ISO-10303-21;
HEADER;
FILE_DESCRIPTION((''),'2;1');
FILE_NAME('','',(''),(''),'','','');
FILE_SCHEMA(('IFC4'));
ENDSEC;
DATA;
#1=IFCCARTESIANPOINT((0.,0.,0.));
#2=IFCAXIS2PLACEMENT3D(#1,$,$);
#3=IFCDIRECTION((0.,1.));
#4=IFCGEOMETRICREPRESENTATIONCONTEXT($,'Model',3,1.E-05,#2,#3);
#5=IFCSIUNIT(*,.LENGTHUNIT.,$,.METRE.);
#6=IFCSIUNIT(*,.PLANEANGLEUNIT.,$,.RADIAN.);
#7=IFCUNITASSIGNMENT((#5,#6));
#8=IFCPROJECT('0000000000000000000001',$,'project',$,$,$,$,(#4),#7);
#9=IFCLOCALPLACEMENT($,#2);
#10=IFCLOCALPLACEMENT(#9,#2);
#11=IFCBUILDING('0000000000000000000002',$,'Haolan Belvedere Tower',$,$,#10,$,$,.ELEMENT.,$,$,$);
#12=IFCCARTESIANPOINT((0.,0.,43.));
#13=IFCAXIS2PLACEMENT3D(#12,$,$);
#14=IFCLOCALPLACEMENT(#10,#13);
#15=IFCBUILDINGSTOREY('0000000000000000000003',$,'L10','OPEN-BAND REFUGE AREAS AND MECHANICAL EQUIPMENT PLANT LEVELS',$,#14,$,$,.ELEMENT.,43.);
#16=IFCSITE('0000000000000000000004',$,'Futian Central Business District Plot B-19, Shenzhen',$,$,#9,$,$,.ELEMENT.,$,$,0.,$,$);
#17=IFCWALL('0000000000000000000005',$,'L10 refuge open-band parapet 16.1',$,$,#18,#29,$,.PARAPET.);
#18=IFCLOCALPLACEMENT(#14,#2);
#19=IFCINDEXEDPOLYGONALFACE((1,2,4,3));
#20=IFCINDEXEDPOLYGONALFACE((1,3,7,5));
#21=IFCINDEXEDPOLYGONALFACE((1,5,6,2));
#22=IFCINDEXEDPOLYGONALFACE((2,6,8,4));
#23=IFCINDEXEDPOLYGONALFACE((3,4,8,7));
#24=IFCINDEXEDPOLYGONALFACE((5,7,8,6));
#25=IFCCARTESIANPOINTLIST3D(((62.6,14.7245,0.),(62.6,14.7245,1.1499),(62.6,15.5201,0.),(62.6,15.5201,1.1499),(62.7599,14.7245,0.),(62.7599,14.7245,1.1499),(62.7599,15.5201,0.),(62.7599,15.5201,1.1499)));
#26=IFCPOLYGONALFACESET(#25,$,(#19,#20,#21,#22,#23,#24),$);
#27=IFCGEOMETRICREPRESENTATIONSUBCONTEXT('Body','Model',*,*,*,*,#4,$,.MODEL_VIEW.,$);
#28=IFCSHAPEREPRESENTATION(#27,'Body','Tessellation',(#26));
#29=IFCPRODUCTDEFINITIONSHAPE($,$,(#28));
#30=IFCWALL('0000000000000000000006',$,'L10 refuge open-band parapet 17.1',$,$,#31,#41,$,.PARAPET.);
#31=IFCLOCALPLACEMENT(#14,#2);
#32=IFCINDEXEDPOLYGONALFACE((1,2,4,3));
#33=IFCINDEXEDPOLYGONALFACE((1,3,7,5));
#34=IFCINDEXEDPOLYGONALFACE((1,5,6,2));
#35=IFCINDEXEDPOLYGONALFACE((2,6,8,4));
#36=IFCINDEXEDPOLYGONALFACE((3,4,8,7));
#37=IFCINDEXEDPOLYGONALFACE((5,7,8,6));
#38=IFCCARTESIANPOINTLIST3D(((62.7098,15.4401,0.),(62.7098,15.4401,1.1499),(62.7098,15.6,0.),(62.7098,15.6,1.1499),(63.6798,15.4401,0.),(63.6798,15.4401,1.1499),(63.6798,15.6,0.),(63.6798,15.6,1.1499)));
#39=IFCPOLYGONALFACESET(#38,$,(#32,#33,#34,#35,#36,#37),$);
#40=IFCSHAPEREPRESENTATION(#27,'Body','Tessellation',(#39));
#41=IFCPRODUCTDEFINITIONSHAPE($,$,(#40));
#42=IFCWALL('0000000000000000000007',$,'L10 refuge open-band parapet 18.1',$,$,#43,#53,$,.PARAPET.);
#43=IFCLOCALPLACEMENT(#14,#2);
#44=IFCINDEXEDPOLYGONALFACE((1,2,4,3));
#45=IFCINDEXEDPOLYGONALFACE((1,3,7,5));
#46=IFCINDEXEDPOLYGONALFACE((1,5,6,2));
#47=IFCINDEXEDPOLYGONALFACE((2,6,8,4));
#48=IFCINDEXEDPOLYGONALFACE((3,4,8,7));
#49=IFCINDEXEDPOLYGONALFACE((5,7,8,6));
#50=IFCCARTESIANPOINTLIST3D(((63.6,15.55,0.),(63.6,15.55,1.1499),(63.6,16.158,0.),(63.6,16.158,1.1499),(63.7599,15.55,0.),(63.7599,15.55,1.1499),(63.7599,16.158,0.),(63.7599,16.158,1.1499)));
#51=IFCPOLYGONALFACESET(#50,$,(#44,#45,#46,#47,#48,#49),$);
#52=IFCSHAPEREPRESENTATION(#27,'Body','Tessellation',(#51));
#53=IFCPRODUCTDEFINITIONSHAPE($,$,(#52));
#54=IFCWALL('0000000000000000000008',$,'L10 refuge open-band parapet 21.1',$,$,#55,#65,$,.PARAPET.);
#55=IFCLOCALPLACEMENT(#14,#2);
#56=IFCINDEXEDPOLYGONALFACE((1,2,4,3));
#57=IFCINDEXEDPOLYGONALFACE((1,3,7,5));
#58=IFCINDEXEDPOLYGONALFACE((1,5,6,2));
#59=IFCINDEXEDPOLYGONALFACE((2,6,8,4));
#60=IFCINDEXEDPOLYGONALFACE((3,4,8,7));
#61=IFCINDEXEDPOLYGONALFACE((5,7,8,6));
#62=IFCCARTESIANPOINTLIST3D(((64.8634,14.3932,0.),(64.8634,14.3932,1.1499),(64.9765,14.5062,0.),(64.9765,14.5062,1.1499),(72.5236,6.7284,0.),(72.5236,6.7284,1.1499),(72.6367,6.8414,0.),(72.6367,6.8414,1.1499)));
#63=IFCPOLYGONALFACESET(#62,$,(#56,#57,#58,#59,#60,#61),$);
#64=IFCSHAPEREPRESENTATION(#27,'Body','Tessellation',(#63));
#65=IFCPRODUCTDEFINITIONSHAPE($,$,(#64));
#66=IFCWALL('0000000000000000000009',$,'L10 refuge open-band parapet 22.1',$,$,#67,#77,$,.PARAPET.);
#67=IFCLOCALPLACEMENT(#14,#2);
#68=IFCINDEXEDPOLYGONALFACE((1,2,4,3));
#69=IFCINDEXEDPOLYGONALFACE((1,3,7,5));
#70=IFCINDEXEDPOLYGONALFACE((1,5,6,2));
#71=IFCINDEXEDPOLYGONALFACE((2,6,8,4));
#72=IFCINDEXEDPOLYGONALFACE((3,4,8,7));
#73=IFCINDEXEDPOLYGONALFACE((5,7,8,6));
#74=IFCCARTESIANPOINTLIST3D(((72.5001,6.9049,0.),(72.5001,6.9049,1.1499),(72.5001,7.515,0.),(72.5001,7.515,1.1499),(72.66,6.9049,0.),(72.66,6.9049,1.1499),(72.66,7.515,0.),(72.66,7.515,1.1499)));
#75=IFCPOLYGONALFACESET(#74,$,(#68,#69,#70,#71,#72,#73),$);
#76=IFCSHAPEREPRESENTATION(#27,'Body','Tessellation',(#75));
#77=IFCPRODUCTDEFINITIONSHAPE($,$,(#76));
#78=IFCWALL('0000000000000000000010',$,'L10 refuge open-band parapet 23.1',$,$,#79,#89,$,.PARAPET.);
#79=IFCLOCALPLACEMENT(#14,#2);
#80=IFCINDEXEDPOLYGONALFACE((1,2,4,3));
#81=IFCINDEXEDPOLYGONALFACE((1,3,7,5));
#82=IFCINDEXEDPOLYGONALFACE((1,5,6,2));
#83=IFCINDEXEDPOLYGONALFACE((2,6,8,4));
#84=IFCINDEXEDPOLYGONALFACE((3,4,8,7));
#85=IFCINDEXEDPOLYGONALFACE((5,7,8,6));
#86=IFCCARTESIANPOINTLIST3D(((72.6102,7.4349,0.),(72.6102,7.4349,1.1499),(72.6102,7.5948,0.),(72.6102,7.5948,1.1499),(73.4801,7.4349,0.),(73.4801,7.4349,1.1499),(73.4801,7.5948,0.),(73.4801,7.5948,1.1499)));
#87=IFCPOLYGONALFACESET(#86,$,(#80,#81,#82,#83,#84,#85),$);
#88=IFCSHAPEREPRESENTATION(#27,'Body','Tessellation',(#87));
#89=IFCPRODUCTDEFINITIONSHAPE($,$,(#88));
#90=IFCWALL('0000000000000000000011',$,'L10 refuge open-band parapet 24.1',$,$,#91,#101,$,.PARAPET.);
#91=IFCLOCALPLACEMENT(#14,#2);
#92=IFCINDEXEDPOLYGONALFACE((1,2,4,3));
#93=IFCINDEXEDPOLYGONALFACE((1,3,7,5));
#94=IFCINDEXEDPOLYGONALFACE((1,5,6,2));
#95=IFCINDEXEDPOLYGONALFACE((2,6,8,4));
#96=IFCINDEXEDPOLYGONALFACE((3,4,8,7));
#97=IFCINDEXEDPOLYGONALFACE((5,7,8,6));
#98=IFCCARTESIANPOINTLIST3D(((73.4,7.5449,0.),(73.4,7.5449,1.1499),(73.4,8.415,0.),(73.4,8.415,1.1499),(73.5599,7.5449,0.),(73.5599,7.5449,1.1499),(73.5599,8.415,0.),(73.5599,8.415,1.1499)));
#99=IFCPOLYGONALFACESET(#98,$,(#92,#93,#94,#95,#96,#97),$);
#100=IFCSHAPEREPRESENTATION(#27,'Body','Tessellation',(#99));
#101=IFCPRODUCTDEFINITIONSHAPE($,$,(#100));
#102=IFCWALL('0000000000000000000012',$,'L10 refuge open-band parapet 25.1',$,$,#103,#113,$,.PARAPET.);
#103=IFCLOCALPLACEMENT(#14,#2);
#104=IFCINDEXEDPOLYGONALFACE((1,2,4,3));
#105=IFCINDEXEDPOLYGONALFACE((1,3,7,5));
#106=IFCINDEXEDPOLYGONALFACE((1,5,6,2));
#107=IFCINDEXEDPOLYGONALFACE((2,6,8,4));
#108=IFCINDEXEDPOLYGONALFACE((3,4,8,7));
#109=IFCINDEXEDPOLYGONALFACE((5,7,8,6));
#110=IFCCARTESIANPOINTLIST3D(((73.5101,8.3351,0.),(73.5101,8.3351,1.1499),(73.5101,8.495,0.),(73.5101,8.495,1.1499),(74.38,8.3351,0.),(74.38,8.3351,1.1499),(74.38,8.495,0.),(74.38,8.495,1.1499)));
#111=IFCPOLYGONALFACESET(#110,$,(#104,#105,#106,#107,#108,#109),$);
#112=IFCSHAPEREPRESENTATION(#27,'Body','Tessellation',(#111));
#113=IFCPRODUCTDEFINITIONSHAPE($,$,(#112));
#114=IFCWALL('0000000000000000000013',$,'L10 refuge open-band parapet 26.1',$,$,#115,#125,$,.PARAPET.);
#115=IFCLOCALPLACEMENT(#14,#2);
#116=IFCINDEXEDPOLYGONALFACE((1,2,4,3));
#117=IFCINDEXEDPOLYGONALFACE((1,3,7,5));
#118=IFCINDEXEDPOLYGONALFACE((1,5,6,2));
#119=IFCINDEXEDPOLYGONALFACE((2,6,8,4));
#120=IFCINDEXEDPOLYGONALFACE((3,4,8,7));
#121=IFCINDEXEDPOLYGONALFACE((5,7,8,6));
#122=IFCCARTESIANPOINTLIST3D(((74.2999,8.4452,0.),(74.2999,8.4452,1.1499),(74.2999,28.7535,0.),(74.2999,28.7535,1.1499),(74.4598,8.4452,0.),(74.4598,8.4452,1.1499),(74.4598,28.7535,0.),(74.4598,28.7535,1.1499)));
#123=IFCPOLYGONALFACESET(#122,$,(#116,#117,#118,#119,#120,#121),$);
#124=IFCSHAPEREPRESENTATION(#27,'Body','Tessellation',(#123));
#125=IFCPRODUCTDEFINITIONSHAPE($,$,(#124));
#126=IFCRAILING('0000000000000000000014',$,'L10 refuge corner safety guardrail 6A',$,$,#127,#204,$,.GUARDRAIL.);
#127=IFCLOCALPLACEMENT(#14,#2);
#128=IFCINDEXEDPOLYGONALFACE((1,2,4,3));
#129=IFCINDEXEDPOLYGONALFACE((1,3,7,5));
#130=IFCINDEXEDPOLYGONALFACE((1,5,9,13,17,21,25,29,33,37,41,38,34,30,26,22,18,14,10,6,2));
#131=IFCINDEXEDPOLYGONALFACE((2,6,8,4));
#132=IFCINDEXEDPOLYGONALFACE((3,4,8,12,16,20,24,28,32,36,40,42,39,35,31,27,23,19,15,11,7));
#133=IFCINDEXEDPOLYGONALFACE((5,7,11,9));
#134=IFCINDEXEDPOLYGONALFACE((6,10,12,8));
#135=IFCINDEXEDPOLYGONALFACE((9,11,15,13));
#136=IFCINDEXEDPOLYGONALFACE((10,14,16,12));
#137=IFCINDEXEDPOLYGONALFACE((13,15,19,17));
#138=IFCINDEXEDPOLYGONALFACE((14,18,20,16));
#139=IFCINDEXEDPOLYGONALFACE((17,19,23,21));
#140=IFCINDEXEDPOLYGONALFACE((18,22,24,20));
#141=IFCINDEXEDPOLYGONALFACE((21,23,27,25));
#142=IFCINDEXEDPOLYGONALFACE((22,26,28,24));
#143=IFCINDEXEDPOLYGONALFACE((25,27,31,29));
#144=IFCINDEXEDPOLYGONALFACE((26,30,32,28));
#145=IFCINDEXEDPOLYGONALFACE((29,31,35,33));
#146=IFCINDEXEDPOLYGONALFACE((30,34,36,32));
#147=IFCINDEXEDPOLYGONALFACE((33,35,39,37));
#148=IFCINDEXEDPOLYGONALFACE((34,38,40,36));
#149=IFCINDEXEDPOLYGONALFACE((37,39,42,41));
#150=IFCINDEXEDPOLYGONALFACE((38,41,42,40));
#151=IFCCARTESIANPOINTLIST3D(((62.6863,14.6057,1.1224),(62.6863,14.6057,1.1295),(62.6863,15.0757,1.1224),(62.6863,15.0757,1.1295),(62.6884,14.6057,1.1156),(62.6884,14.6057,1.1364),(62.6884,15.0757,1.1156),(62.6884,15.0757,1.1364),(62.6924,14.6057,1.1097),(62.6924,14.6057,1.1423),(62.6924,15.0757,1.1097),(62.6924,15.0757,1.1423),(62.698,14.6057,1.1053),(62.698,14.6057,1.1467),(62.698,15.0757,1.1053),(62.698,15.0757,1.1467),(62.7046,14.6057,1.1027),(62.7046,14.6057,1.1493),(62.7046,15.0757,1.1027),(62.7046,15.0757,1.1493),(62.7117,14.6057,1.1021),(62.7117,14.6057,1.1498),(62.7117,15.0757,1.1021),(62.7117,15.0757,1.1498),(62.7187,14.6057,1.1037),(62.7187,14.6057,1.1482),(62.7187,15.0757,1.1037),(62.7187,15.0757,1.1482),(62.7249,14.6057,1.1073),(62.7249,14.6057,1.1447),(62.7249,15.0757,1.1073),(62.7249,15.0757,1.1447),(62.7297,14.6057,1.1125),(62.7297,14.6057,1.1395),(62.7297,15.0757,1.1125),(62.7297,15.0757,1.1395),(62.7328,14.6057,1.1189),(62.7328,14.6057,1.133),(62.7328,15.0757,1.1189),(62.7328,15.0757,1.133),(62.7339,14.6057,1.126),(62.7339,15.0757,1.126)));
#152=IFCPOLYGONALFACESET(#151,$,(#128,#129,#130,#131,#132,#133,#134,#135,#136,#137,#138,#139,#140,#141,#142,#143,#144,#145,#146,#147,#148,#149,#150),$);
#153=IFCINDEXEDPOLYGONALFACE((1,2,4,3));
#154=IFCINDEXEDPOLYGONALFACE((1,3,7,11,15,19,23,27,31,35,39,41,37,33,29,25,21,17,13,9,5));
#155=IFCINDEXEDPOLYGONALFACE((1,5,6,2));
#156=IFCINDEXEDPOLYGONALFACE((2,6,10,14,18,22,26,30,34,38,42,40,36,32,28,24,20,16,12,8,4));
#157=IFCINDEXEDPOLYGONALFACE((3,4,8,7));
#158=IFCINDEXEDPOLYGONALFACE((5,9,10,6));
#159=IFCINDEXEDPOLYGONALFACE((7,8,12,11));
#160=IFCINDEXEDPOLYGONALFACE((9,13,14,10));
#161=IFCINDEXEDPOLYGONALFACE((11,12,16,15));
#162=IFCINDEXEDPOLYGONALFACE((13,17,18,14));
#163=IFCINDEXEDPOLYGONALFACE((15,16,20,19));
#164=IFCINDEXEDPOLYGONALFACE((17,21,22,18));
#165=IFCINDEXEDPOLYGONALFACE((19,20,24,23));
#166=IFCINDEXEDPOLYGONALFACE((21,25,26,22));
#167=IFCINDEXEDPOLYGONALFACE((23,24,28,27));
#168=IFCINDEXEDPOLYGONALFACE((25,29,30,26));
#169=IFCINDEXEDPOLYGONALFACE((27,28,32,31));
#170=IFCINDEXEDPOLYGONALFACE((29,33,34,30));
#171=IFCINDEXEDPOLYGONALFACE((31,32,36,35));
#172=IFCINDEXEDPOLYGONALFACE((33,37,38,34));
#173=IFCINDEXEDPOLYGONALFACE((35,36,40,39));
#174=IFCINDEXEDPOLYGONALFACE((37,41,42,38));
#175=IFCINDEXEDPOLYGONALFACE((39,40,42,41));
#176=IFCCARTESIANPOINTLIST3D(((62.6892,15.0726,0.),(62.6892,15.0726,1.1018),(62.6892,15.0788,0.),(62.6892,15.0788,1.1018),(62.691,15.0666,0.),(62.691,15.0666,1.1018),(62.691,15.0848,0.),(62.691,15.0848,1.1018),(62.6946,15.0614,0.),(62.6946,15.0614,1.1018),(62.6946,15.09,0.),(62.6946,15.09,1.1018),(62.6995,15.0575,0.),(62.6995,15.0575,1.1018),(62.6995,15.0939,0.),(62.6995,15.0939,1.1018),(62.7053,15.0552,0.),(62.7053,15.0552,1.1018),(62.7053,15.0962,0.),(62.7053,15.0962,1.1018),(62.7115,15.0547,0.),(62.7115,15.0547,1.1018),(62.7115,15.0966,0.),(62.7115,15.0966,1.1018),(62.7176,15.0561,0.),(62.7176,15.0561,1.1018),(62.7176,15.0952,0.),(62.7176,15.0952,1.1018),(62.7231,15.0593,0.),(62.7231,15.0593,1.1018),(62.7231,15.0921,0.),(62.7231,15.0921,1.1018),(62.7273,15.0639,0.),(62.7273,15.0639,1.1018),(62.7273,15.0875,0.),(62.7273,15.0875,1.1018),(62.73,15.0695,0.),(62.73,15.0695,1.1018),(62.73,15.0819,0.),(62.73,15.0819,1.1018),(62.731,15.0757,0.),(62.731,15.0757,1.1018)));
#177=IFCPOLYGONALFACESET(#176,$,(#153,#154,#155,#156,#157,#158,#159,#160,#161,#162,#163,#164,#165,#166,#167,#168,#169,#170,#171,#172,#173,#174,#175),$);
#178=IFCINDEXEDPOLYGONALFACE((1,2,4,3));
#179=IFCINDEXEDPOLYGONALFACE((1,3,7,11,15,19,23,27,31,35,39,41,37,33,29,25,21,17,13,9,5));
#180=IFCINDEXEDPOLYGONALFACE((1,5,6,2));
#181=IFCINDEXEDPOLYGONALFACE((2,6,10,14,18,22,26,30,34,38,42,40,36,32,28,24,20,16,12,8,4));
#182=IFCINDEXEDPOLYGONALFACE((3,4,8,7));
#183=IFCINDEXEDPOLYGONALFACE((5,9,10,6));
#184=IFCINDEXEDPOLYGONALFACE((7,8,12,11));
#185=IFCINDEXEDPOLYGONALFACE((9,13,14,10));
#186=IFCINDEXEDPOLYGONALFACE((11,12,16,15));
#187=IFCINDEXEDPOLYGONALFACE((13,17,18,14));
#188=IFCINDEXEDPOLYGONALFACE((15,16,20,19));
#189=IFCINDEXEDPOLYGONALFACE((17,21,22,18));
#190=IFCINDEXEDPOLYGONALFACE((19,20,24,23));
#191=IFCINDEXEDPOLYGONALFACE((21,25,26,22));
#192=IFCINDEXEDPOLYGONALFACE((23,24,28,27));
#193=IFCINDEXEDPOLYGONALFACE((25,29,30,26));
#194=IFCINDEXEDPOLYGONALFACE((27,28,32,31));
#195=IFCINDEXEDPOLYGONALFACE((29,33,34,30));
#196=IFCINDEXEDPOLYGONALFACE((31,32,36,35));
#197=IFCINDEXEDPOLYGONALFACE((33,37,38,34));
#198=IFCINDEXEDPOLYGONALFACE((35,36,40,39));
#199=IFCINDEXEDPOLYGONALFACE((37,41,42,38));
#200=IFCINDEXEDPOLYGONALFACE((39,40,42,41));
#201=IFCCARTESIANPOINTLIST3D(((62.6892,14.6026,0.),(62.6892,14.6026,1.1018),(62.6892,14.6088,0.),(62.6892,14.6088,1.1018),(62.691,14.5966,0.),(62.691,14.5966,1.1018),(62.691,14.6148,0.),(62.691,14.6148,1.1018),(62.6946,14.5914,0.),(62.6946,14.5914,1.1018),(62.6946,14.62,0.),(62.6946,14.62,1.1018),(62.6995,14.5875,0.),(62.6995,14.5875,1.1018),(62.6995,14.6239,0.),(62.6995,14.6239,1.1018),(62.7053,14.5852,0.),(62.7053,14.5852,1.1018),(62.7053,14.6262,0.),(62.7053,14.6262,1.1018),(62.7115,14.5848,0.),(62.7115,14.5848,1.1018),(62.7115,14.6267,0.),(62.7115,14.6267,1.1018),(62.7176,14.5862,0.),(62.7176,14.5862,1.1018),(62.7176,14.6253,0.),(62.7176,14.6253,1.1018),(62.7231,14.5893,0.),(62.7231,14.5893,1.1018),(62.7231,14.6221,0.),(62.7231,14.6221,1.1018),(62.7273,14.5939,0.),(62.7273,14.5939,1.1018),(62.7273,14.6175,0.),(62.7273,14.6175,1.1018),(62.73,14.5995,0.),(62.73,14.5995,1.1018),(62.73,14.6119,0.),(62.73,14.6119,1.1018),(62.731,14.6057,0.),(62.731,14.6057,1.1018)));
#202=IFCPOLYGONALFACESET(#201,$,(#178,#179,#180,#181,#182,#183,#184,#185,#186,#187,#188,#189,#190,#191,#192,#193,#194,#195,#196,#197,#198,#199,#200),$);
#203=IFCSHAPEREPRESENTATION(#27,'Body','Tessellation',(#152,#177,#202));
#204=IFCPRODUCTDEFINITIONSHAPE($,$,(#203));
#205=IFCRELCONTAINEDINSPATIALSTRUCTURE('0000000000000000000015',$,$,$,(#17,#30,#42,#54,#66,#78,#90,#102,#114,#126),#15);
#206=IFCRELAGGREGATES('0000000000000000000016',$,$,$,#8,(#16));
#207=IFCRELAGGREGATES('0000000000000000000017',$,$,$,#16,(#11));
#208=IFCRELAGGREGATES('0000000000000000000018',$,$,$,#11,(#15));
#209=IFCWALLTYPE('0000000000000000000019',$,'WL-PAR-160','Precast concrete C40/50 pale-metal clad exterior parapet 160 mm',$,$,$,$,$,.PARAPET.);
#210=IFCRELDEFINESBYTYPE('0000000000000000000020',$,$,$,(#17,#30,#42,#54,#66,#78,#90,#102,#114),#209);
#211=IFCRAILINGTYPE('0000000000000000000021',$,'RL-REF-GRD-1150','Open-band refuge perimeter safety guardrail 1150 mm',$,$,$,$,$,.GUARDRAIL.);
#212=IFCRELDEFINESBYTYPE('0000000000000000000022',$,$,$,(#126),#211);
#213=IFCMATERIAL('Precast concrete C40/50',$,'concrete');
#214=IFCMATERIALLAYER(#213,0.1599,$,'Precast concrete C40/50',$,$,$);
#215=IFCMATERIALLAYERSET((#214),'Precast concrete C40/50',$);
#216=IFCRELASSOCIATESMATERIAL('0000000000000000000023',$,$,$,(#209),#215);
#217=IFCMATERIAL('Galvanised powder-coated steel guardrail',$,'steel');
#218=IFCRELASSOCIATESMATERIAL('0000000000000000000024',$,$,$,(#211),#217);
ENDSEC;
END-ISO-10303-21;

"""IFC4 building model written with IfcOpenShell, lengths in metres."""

from ifc_helpers import new_model, si_unit, direction, frame, frame_2d, origin, origin_2d, place, context, subcontext, project, spatial, rectangle, circle, extrude, material, layer, layer_set, type_object, element, save


model = new_model("IFC4")

# Units and contexts
model_context = context("Model", 3, precision=1e-05, world=origin(), true_north=direction((0.0, 1.0)))
body_context = subcontext(model_context, "Body", "Model", "MODEL_VIEW")
ifc_project = project(units=[si_unit("LENGTHUNIT", "METRE"), si_unit("PLANEANGLEUNIT", "RADIAN")], contexts=[model_context])

# Site, building, storey
site_placement = place(None, origin())
site = spatial("IfcSite", under=ifc_project, at=site_placement, Name="Futian Central Business District Plot B-19, Shenzhen", CompositionType="ELEMENT", RefElevation=0.0)
building_placement = place(site_placement, origin())
building = spatial("IfcBuilding", under=site, at=building_placement, Name="Haolan Belvedere Tower", CompositionType="ELEMENT")
storey_placement = place(building_placement, frame((0.0, 0.0, 43.0)))
storey = spatial("IfcBuildingStorey", under=building, at=storey_placement, Name="L10", Description="OPEN-BAND REFUGE AREAS AND MECHANICAL EQUIPMENT PLANT LEVELS", CompositionType="ELEMENT", Elevation=43.0)

# Walls
ifc_material_1 = material(Name="Precast concrete C40/50", Category="concrete")
ifc_layer = layer(ifc_material_1, 0.1599, Name="Precast concrete C40/50")
ifc_layer_set = layer_set([ifc_layer], Name="Precast concrete C40/50")
wall_type = type_object("IfcWallType", Name="WL-PAR-160", Description="Precast concrete C40/50 pale-metal clad exterior parapet 160 mm", PredefinedType="PARAPET", material=ifc_layer_set)
wall_1_placement = place(storey_placement, frame((62.6799, 14.7244, 0.0), z_axis=(0.0, 0.0, 1.0), x_axis=(0.0, 1.0, 0.0)))
element("IfcWall", 1, at=wall_1_placement, inside=storey, type_object=wall_type, Name="L10 refuge open-band parapet 16.1", PredefinedType="PARAPET", context=body_context, shape_type="SweptSolid", body=[
    extrude(rectangle(XDim=0.7957, YDim=0.1599, at=frame_2d((0.3979, 0.0))), origin(), (0.0, 0.0, 1.0), 1.1499),
])
wall_2_placement = place(storey_placement, frame((62.71, 15.52, 0.0), z_axis=(0.0, 0.0, 1.0), x_axis=(1.0, 0.0, 0.0)))
element("IfcWall", 2, at=wall_2_placement, inside=storey, type_object=wall_type, Name="L10 refuge open-band parapet 17.1", PredefinedType="PARAPET", context=body_context, shape_type="SweptSolid", body=[
    extrude(rectangle(XDim=0.97, YDim=0.1599, at=frame_2d((0.4849, 0.0))), origin(), (0.0, 0.0, 1.0), 1.1499),
])
wall_3_placement = place(storey_placement, frame((63.6799, 15.55, 0.0), z_axis=(0.0, 0.0, 1.0), x_axis=(0.0, 1.0, 0.0)))
element("IfcWall", 3, at=wall_3_placement, inside=storey, type_object=wall_type, Name="L10 refuge open-band parapet 18.1", PredefinedType="PARAPET", context=body_context, shape_type="SweptSolid", body=[
    extrude(rectangle(XDim=0.6079, YDim=0.1599, at=frame_2d((0.304, 0.0))), origin(), (0.0, 0.0, 1.0), 1.1499),
])
wall_4_placement = place(storey_placement, frame((64.9199, 14.4497, 0.0), z_axis=(0.0, 0.0, 1.0), x_axis=(0.706893, -0.707321, 0.0)))
element("IfcWall", 4, at=wall_4_placement, inside=storey, type_object=wall_type, Name="L10 refuge open-band parapet 21.1", PredefinedType="PARAPET", context=body_context, shape_type="SweptSolid", body=[
    extrude(rectangle(XDim=10.8364, YDim=0.1599, at=frame_2d((5.4182, 0.0))), origin(), (0.0, 0.0, 1.0), 1.1499),
])
wall_5_placement = place(storey_placement, frame((72.5801, 6.9048, 0.0), z_axis=(0.0, 0.0, 1.0), x_axis=(0.0, 1.0, 0.0)))
element("IfcWall", 5, at=wall_5_placement, inside=storey, type_object=wall_type, Name="L10 refuge open-band parapet 22.1", PredefinedType="PARAPET", context=body_context, shape_type="SweptSolid", body=[
    extrude(rectangle(XDim=0.6101, YDim=0.1599, at=frame_2d((0.3052, 0.0))), origin(), (0.0, 0.0, 1.0), 1.1499),
])
wall_6_placement = place(storey_placement, frame((72.6101, 7.5149, 0.0), z_axis=(0.0, 0.0, 1.0), x_axis=(1.0, 0.0, 0.0)))
element("IfcWall", 6, at=wall_6_placement, inside=storey, type_object=wall_type, Name="L10 refuge open-band parapet 23.1", PredefinedType="PARAPET", context=body_context, shape_type="SweptSolid", body=[
    extrude(rectangle(XDim=0.8699, YDim=0.1599, at=frame_2d((0.4351, 0.0))), origin(), (0.0, 0.0, 1.0), 1.1499),
])
wall_7_placement = place(storey_placement, frame((73.48, 7.5449, 0.0), z_axis=(0.0, 0.0, 1.0), x_axis=(0.0, 1.0, 0.0)))
element("IfcWall", 7, at=wall_7_placement, inside=storey, type_object=wall_type, Name="L10 refuge open-band parapet 24.1", PredefinedType="PARAPET", context=body_context, shape_type="SweptSolid", body=[
    extrude(rectangle(XDim=0.8701, YDim=0.1599, at=frame_2d((0.4351, 0.0))), origin(), (0.0, 0.0, 1.0), 1.1499),
])
wall_8_placement = place(storey_placement, frame((73.51, 8.415, 0.0), z_axis=(0.0, 0.0, 1.0), x_axis=(1.0, 0.0, 0.0)))
element("IfcWall", 8, at=wall_8_placement, inside=storey, type_object=wall_type, Name="L10 refuge open-band parapet 25.1", PredefinedType="PARAPET", context=body_context, shape_type="SweptSolid", body=[
    extrude(rectangle(XDim=0.8699, YDim=0.1599, at=frame_2d((0.4351, 0.0))), origin(), (0.0, 0.0, 1.0), 1.1499),
])
wall_9_placement = place(storey_placement, frame((74.3799, 8.4451, 0.0), z_axis=(0.0, 0.0, 1.0), x_axis=(0.0, 1.0, 0.0)))
element("IfcWall", 9, at=wall_9_placement, inside=storey, type_object=wall_type, Name="L10 refuge open-band parapet 26.1", PredefinedType="PARAPET", context=body_context, shape_type="SweptSolid", body=[
    extrude(rectangle(XDim=20.3083, YDim=0.1599, at=frame_2d((10.1543, 0.0))), origin(), (0.0, 0.0, 1.0), 1.1499),
])

# Railing
ifc_material_2 = material(Name="Galvanised powder-coated steel guardrail", Category="steel")
railing_type = type_object("IfcRailingType", Name="RL-REF-GRD-1150", Description="Open-band refuge perimeter safety guardrail 1150 mm", PredefinedType="GUARDRAIL", material=ifc_material_2)
railing_1_placement = place(storey_placement, frame((62.71, 15.0757, 0.0)))
element("IfcRailing", 10, at=railing_1_placement, inside=storey, type_object=railing_type, Name="L10 refuge corner safety guardrail 6A", PredefinedType="GUARDRAIL", context=body_context, shape_type="SweptSolid", body=[
    extrude(circle(Radius=0.0239, at=origin_2d()), frame((0.0, 0.0, 1.126), z_axis=(0.0, -1.0, 0.0), x_axis=(1.0, 0.0, 0.0)), (0.0, 0.0, 1.0), 0.47),
    extrude(circle(Radius=0.021, at=origin_2d()), origin(), (0.0, 0.0, 1.0), 1.1018),
    extrude(circle(Radius=0.021, at=origin_2d()), frame((0.0, -0.47, 0.0)), (0.0, 0.0, 1.0), 1.1018),
])

save(model, "model.ifc")
